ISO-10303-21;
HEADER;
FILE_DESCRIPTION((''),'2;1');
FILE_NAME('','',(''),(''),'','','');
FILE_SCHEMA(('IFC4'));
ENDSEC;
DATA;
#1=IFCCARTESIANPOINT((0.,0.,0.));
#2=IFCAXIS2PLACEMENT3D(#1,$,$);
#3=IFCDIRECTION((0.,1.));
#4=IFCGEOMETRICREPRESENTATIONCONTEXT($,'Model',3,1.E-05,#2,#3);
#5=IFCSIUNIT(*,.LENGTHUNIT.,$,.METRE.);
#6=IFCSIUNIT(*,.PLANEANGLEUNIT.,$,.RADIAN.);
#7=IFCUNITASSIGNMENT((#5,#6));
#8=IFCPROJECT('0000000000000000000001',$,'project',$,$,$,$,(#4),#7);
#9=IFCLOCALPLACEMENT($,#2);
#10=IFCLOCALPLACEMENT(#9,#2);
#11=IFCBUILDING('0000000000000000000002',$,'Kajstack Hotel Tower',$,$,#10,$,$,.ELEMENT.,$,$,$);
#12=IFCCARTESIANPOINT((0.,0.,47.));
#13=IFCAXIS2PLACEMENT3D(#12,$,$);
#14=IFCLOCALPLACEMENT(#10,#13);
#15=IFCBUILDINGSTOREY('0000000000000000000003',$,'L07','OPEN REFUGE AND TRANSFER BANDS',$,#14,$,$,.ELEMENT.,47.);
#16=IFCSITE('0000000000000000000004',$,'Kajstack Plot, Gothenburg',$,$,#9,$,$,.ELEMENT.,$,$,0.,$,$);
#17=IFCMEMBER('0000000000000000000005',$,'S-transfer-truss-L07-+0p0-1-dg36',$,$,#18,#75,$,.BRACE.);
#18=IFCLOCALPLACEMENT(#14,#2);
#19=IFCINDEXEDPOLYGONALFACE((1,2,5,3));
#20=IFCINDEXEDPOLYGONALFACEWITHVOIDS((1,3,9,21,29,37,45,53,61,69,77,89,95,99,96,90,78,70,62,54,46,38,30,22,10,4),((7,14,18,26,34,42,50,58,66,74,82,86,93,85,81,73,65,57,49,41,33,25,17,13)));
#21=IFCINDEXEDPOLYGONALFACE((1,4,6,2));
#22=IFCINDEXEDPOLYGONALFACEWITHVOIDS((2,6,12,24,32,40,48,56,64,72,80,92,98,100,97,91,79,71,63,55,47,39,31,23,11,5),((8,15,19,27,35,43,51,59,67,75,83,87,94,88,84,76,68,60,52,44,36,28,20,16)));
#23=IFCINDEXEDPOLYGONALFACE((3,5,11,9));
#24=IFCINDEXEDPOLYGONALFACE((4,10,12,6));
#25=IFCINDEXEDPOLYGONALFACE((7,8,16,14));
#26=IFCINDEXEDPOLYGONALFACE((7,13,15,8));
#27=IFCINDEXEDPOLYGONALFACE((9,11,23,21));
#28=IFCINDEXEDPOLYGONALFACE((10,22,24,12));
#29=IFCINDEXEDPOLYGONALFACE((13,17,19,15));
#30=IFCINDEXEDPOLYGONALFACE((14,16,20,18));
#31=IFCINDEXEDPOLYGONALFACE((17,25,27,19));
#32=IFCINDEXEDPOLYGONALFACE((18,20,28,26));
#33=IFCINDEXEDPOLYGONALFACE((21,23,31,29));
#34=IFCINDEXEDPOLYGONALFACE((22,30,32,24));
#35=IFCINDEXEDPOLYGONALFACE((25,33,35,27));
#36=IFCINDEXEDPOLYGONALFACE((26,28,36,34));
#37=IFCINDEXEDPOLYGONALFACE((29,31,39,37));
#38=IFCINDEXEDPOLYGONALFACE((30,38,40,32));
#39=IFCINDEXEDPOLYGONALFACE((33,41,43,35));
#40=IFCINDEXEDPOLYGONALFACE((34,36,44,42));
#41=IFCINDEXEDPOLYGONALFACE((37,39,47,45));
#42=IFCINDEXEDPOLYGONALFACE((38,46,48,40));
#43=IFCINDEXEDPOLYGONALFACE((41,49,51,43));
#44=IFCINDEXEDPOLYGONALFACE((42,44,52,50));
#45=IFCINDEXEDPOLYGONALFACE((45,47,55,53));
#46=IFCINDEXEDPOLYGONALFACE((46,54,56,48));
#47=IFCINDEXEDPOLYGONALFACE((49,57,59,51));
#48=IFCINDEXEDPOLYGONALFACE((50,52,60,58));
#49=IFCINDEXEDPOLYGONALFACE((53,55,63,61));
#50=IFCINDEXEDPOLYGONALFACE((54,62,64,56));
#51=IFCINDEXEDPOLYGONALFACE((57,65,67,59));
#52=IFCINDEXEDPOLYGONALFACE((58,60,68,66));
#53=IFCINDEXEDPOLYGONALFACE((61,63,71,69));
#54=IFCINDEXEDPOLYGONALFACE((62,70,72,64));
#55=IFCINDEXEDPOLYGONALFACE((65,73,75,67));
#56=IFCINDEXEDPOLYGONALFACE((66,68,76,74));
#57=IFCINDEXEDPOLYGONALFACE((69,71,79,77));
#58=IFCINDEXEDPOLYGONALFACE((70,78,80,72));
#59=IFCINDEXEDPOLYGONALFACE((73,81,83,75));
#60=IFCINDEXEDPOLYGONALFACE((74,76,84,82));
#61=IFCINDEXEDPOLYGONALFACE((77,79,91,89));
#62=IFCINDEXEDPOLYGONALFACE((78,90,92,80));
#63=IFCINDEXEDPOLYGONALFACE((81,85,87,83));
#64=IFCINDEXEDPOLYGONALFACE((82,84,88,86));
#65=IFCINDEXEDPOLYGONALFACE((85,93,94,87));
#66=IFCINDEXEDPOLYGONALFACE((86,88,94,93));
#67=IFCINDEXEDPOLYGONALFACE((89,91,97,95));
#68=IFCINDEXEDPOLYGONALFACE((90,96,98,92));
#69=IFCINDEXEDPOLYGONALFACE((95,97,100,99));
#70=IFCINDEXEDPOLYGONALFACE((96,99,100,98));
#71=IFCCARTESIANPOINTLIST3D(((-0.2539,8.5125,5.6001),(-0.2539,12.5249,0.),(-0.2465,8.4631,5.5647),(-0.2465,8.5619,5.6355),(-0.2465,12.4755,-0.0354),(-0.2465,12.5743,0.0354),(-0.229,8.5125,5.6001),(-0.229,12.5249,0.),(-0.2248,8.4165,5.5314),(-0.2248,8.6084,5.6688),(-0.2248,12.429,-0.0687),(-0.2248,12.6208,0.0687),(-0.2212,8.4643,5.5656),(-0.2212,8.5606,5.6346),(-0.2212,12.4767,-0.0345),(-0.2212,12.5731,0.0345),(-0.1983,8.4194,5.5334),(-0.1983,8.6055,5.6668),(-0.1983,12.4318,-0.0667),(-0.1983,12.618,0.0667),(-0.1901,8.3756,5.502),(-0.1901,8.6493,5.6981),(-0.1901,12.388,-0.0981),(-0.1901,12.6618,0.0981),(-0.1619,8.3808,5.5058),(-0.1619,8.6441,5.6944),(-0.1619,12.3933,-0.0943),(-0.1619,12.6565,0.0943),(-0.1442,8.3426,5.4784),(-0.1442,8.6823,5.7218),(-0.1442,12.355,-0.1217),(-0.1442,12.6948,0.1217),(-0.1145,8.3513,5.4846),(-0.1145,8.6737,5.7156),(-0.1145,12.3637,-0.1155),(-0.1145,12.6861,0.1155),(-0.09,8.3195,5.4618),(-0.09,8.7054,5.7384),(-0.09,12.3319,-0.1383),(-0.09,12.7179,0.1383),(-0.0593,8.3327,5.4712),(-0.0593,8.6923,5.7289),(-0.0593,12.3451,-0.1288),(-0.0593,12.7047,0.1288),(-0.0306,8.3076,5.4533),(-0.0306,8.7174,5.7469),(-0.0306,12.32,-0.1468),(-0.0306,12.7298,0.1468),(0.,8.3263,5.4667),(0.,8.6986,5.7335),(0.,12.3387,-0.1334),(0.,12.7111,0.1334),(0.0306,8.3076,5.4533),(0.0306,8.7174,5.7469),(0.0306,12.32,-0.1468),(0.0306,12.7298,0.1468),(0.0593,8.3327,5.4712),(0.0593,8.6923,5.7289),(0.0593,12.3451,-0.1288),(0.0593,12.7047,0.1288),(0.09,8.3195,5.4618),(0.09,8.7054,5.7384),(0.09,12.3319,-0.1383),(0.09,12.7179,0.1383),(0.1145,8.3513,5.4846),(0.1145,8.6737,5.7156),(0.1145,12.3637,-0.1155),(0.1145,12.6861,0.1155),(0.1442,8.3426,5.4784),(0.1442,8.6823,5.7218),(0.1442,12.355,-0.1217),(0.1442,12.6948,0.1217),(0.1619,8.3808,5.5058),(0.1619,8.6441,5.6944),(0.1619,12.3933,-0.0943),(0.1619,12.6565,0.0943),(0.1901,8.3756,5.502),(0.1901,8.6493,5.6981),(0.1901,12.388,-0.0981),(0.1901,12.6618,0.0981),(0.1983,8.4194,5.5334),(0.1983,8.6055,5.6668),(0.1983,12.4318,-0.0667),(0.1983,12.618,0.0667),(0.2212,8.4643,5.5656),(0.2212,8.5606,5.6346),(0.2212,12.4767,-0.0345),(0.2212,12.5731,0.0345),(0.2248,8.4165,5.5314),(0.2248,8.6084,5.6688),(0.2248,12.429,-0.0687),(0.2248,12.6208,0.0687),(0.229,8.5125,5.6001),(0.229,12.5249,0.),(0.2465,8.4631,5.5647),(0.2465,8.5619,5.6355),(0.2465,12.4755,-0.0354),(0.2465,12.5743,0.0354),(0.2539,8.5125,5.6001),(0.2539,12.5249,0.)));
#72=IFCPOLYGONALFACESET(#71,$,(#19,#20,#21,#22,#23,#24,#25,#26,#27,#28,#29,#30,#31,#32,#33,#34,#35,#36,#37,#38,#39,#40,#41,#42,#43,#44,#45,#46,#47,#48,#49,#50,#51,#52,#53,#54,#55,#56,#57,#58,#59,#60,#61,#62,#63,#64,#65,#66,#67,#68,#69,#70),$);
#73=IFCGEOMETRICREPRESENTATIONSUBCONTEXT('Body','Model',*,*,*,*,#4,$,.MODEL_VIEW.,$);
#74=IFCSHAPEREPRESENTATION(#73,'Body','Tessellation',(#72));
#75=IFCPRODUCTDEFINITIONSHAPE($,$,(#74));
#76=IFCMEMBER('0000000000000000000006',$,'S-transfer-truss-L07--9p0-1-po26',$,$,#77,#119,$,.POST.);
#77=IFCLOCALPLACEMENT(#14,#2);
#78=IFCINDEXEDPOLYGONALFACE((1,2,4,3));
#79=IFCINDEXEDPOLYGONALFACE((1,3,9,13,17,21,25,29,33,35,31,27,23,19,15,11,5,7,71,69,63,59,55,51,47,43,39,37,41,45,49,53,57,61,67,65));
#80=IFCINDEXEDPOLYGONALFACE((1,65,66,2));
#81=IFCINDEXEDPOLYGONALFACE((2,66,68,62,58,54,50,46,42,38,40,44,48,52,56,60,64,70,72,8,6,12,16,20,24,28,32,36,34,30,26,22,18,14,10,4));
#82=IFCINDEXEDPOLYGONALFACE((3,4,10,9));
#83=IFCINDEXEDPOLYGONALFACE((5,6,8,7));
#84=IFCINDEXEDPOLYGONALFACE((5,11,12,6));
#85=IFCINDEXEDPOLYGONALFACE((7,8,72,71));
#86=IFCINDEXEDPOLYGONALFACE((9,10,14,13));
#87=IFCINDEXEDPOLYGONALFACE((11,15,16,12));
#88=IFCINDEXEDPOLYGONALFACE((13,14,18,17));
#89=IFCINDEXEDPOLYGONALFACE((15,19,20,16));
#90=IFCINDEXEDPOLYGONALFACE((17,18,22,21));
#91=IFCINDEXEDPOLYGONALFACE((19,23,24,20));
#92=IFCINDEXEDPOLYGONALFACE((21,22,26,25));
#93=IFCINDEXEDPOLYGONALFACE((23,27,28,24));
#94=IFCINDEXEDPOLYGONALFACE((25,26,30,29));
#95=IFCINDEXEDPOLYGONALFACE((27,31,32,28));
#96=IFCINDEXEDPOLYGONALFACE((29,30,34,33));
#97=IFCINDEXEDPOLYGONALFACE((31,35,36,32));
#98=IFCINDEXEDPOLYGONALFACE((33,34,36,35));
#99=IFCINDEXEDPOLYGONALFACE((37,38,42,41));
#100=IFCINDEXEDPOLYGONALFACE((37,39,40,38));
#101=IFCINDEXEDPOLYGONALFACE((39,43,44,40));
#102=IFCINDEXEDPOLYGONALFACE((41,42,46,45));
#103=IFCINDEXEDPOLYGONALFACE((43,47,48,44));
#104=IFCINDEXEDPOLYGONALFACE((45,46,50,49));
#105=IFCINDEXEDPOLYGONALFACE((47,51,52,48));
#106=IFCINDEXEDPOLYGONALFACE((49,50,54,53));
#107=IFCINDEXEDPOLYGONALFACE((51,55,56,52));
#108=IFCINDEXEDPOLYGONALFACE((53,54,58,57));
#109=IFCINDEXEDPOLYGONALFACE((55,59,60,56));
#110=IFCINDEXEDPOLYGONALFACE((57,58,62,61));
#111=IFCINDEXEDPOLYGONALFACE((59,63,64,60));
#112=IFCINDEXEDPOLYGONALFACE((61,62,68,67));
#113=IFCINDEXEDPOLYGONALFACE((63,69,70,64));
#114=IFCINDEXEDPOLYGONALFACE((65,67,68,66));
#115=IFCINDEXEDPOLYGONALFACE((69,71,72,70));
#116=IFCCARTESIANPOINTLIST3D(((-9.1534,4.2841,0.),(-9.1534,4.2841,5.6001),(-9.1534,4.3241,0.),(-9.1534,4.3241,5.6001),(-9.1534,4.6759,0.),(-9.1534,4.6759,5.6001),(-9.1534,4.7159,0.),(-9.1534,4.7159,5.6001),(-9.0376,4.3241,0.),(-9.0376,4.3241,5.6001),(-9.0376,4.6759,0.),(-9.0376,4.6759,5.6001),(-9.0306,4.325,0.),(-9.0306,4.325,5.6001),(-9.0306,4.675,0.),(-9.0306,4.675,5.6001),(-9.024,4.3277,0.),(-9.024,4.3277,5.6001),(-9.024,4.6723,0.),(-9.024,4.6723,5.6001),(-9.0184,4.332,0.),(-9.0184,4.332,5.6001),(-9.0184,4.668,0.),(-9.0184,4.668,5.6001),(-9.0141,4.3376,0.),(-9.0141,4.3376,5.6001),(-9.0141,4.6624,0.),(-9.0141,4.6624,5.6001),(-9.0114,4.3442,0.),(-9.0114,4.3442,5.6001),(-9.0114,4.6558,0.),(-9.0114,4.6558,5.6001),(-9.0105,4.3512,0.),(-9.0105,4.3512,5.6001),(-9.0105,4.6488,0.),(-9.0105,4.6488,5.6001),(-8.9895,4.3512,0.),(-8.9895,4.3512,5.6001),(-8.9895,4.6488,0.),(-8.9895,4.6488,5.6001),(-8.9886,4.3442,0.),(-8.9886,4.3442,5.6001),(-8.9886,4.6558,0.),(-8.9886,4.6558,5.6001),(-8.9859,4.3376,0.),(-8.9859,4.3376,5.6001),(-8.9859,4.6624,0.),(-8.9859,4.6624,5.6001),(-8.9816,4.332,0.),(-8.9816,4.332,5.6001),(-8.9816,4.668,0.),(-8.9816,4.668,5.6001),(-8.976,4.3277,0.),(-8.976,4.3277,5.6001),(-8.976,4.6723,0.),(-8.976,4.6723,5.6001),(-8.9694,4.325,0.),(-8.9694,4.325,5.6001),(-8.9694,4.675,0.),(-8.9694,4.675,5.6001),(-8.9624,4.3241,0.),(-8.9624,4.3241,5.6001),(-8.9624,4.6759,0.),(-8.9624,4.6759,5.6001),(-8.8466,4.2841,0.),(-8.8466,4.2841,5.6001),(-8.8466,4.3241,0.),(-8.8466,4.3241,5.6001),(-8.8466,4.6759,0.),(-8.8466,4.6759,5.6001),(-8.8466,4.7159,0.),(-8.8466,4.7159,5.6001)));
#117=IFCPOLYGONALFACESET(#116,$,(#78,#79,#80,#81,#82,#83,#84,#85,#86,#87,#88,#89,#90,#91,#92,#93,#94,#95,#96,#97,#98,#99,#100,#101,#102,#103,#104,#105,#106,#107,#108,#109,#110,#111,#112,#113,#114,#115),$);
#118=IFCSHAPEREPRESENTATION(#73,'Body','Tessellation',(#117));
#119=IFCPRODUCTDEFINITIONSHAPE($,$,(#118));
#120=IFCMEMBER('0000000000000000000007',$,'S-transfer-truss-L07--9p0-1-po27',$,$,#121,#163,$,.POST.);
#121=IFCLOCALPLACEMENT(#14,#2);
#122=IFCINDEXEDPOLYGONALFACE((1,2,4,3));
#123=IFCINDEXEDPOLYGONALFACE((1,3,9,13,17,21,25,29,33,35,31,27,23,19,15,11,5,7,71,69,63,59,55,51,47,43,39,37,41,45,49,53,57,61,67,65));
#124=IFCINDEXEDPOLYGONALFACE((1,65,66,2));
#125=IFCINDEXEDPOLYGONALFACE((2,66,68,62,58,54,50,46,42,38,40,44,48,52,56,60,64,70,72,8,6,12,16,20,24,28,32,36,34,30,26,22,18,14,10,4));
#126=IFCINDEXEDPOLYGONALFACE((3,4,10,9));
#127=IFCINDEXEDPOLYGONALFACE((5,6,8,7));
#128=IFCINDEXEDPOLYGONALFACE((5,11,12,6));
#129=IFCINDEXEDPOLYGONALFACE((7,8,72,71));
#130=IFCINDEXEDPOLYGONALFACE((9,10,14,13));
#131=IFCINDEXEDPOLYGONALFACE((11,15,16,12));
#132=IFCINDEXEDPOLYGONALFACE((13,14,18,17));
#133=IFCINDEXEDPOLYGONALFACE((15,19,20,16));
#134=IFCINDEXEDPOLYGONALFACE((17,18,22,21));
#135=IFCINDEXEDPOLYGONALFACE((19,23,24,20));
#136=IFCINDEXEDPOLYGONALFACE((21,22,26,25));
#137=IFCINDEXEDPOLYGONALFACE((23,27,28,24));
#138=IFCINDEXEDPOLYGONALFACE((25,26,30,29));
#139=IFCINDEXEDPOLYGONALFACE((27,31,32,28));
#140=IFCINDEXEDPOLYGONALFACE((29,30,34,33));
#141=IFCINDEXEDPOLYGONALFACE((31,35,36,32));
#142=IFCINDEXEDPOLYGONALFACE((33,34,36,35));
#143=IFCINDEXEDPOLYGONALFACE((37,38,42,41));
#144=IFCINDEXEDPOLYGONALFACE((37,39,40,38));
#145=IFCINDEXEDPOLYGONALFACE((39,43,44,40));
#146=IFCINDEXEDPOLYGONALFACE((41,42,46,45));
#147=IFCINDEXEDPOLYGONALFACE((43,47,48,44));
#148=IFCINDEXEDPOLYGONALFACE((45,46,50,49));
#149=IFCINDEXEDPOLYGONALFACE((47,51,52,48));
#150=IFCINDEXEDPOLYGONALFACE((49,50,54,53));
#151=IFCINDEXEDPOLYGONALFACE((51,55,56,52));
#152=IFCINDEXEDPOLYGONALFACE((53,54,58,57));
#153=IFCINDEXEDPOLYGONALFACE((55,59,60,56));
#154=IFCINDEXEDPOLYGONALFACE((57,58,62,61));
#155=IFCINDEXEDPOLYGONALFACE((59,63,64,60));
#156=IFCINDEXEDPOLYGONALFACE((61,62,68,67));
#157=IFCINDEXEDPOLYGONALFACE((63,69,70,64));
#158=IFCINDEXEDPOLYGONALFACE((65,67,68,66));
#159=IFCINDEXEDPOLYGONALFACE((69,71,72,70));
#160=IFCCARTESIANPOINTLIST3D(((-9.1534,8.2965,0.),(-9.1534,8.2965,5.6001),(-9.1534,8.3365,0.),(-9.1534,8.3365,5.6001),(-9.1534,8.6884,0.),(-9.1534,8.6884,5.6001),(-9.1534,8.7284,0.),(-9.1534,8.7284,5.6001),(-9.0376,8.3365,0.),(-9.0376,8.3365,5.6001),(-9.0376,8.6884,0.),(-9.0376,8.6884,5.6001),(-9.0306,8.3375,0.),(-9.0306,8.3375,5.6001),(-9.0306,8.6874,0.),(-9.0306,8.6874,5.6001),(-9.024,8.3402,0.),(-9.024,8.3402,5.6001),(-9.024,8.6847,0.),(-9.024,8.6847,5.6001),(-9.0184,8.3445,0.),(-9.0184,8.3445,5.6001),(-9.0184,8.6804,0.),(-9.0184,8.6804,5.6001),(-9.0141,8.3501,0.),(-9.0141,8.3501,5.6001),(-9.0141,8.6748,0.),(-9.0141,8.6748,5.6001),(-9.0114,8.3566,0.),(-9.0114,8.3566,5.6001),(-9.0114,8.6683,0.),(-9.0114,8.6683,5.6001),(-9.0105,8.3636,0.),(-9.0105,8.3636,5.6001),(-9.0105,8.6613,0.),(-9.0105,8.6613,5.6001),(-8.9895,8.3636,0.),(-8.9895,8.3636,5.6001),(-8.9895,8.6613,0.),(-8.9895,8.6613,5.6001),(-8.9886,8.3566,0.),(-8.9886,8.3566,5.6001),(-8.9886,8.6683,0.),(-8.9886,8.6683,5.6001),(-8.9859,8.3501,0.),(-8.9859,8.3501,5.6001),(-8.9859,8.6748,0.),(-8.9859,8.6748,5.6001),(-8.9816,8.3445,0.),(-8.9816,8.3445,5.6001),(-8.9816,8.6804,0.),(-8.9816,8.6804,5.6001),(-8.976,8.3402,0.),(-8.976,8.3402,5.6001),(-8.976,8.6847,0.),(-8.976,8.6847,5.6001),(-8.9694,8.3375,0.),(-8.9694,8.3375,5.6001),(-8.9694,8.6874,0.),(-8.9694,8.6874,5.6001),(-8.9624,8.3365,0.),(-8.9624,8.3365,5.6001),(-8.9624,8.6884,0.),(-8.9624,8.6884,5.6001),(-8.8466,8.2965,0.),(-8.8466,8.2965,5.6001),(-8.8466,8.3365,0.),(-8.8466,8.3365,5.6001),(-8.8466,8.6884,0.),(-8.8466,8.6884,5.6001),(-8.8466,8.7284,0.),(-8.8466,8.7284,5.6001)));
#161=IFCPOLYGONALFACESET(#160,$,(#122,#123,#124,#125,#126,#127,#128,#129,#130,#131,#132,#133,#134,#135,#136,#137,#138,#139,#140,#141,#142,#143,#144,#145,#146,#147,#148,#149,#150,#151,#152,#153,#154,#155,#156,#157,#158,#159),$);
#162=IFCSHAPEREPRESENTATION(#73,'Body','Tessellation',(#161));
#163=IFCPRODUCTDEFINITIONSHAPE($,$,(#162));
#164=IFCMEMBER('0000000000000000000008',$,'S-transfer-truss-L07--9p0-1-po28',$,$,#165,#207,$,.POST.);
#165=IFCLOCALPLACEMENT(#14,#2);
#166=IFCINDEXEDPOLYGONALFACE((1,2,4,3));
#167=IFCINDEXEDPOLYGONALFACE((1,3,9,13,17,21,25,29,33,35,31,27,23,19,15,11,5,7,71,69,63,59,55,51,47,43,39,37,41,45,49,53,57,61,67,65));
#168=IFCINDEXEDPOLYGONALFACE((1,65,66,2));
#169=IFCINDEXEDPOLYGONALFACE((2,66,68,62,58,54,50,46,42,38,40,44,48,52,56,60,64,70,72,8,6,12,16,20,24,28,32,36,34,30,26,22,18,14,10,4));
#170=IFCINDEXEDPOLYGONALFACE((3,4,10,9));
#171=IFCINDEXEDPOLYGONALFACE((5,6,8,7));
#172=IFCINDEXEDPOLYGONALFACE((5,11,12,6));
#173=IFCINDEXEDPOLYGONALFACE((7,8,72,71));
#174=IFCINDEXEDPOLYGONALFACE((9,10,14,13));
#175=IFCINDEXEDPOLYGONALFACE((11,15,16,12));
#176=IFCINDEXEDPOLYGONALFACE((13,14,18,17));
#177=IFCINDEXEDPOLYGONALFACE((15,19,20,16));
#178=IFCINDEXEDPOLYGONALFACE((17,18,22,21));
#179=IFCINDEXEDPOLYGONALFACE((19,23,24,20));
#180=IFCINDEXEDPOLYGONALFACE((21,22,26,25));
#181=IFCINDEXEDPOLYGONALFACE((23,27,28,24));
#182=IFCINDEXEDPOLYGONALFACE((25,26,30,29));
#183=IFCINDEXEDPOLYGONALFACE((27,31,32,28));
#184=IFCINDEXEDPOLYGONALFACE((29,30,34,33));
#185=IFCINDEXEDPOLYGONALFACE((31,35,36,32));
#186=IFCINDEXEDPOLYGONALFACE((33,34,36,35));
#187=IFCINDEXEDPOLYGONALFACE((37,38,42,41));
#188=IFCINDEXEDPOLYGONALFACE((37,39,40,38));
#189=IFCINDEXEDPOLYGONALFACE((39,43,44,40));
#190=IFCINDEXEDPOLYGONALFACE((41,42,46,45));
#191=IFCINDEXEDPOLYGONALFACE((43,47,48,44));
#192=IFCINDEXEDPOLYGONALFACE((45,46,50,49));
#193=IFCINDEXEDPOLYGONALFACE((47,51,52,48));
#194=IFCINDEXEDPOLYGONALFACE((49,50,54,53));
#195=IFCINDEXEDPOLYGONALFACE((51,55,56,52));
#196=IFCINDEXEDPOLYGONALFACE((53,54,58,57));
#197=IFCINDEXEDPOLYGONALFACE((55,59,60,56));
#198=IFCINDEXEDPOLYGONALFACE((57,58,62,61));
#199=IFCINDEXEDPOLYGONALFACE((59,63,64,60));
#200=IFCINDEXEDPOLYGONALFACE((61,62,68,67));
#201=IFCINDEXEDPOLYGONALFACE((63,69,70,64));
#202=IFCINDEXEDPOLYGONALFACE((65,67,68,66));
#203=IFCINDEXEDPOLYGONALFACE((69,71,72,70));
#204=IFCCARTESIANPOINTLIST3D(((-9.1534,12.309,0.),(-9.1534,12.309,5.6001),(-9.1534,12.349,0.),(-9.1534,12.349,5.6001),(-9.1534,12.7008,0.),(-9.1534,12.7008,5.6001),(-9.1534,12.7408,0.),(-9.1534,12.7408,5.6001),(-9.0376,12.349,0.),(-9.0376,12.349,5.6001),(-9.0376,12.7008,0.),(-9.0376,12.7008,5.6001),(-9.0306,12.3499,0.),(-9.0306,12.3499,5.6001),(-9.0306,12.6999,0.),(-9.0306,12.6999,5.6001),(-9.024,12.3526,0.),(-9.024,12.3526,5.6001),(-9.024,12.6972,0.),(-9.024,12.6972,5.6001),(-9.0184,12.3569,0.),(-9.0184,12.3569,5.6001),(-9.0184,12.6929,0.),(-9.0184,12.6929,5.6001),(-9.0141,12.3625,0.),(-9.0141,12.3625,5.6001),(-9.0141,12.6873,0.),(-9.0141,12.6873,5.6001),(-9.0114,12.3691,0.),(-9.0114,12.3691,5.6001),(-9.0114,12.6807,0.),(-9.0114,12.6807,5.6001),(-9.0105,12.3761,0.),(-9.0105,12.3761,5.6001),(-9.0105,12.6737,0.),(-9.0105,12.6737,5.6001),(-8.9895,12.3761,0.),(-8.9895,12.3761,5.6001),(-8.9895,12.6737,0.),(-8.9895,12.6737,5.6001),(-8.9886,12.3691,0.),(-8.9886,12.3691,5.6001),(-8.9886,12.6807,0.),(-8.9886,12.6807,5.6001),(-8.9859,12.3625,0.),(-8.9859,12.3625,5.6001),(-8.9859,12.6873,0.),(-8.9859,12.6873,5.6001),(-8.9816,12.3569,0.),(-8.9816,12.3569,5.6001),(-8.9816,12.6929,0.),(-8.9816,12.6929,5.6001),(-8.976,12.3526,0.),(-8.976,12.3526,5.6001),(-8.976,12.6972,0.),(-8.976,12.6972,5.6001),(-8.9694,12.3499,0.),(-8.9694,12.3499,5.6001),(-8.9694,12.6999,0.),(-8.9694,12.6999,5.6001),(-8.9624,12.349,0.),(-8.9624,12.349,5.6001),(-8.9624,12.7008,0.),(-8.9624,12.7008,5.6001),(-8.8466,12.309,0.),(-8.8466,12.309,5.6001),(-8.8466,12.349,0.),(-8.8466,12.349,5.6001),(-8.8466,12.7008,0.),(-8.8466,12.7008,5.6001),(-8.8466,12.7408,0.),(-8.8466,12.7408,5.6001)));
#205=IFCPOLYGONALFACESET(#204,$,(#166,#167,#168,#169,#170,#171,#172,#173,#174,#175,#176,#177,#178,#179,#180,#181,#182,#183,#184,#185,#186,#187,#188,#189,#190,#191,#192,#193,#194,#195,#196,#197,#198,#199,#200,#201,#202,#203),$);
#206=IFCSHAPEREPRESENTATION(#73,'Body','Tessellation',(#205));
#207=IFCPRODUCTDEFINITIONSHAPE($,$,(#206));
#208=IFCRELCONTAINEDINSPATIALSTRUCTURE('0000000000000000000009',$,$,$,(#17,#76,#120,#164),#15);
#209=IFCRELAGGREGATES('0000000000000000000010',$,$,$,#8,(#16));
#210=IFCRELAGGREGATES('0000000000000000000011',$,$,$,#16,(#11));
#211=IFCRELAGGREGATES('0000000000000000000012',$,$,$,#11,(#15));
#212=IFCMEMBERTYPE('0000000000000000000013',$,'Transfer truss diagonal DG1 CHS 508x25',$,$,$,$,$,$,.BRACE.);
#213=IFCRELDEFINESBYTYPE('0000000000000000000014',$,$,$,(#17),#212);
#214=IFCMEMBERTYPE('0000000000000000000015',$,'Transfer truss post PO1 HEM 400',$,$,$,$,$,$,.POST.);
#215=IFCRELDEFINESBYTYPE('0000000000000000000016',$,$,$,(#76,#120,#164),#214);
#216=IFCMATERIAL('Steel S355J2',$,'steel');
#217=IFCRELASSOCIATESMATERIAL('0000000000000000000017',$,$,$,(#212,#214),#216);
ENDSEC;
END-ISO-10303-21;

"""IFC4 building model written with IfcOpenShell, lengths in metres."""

from ifc_helpers import new_model, si_unit, direction, frame, origin, origin_2d, place, context, subcontext, project, spatial, hollow_circle, i_section, extrude, material, material_profile, profile_set, type_object, element, save


model = new_model("IFC4")

# Units and contexts
model_context = context("Model", 3, precision=1e-05, world=origin(), true_north=direction((0.0, 1.0)))
body_context = subcontext(model_context, "Body", "Model", "MODEL_VIEW")
ifc_project = project(units=[si_unit("LENGTHUNIT", "METRE"), si_unit("PLANEANGLEUNIT", "RADIAN")], contexts=[model_context])

# Site, building, storey
site_placement = place(None, origin())
site = spatial("IfcSite", under=ifc_project, at=site_placement, Name="Kajstack Plot, Gothenburg", CompositionType="ELEMENT", RefElevation=0.0)
building_placement = place(site_placement, origin())
building = spatial("IfcBuilding", under=site, at=building_placement, Name="Kajstack Hotel Tower", CompositionType="ELEMENT")
storey_placement = place(building_placement, frame((0.0, 0.0, 47.0)))
storey = spatial("IfcBuildingStorey", under=building, at=storey_placement, Name="L07", Description="OPEN REFUGE AND TRANSFER BANDS", CompositionType="ELEMENT", Elevation=47.0)

# Members
ifc_material = material(Name="Steel S355J2", Category="steel")
ifc_material_profile_1 = material_profile(ifc_material, hollow_circle(Radius=0.2539, WallThickness=0.0249, at=origin_2d()), Name="CHS 508x25")
ifc_profile_set_1 = profile_set([ifc_material_profile_1], Name="Steel S355J2")
member_type_1 = type_object("IfcMemberType", Name="Transfer truss diagonal DG1 CHS 508x25", PredefinedType="BRACE", material=ifc_profile_set_1)
for number, where, z_axis, x_axis, name in (
    (1, (0.0, 12.5249, 0.0), (0.0, -0.582428, 0.812883), (1.0, 0.0, 0.0), "S-transfer-truss-L07-+0p0-1-dg36"),
):
    element("IfcMember", number, at=place(storey_placement, frame(where, z_axis=z_axis, x_axis=x_axis)), inside=storey, type_object=member_type_1, Name=name, PredefinedType="BRACE", context=body_context, shape_type="SweptSolid", body=[
        extrude(hollow_circle(Radius=0.2539, WallThickness=0.0249, at=origin_2d()), origin(), (0.0, 0.0, 1.0), 6.8892),
    ])
ifc_material_profile_2 = material_profile(ifc_material, i_section(OverallWidth=0.3069, OverallDepth=0.4319, WebThickness=0.021, FlangeThickness=0.04, FilletRadius=0.0271, at=origin_2d()), Name="HEM 400")
ifc_profile_set_2 = profile_set([ifc_material_profile_2], Name="Steel S355J2")
member_type_2 = type_object("IfcMemberType", Name="Transfer truss post PO1 HEM 400", PredefinedType="POST", material=ifc_profile_set_2)
for number, where, z_axis, x_axis, name in (
    (2, (-9.0, 4.5, 0.0), (0.0, 0.0, 1.0), (1.0, 0.0, 0.0), "S-transfer-truss-L07--9p0-1-po26"),
    (3, (-9.0, 8.5125, 0.0), (0.0, 0.0, 1.0), (1.0, 0.0, 0.0), "S-transfer-truss-L07--9p0-1-po27"),
    (4, (-9.0, 12.5249, 0.0), (0.0, 0.0, 1.0), (1.0, 0.0, 0.0), "S-transfer-truss-L07--9p0-1-po28"),
):
    element("IfcMember", number, at=place(storey_placement, frame(where, z_axis=z_axis, x_axis=x_axis)), inside=storey, type_object=member_type_2, Name=name, PredefinedType="POST", context=body_context, shape_type="SweptSolid", body=[
        extrude(i_section(OverallWidth=0.3069, OverallDepth=0.4319, WebThickness=0.021, FlangeThickness=0.04, FilletRadius=0.0271, at=origin_2d()), origin(), (0.0, 0.0, 1.0), 5.6001),
    ])

save(model, "model.ifc")
